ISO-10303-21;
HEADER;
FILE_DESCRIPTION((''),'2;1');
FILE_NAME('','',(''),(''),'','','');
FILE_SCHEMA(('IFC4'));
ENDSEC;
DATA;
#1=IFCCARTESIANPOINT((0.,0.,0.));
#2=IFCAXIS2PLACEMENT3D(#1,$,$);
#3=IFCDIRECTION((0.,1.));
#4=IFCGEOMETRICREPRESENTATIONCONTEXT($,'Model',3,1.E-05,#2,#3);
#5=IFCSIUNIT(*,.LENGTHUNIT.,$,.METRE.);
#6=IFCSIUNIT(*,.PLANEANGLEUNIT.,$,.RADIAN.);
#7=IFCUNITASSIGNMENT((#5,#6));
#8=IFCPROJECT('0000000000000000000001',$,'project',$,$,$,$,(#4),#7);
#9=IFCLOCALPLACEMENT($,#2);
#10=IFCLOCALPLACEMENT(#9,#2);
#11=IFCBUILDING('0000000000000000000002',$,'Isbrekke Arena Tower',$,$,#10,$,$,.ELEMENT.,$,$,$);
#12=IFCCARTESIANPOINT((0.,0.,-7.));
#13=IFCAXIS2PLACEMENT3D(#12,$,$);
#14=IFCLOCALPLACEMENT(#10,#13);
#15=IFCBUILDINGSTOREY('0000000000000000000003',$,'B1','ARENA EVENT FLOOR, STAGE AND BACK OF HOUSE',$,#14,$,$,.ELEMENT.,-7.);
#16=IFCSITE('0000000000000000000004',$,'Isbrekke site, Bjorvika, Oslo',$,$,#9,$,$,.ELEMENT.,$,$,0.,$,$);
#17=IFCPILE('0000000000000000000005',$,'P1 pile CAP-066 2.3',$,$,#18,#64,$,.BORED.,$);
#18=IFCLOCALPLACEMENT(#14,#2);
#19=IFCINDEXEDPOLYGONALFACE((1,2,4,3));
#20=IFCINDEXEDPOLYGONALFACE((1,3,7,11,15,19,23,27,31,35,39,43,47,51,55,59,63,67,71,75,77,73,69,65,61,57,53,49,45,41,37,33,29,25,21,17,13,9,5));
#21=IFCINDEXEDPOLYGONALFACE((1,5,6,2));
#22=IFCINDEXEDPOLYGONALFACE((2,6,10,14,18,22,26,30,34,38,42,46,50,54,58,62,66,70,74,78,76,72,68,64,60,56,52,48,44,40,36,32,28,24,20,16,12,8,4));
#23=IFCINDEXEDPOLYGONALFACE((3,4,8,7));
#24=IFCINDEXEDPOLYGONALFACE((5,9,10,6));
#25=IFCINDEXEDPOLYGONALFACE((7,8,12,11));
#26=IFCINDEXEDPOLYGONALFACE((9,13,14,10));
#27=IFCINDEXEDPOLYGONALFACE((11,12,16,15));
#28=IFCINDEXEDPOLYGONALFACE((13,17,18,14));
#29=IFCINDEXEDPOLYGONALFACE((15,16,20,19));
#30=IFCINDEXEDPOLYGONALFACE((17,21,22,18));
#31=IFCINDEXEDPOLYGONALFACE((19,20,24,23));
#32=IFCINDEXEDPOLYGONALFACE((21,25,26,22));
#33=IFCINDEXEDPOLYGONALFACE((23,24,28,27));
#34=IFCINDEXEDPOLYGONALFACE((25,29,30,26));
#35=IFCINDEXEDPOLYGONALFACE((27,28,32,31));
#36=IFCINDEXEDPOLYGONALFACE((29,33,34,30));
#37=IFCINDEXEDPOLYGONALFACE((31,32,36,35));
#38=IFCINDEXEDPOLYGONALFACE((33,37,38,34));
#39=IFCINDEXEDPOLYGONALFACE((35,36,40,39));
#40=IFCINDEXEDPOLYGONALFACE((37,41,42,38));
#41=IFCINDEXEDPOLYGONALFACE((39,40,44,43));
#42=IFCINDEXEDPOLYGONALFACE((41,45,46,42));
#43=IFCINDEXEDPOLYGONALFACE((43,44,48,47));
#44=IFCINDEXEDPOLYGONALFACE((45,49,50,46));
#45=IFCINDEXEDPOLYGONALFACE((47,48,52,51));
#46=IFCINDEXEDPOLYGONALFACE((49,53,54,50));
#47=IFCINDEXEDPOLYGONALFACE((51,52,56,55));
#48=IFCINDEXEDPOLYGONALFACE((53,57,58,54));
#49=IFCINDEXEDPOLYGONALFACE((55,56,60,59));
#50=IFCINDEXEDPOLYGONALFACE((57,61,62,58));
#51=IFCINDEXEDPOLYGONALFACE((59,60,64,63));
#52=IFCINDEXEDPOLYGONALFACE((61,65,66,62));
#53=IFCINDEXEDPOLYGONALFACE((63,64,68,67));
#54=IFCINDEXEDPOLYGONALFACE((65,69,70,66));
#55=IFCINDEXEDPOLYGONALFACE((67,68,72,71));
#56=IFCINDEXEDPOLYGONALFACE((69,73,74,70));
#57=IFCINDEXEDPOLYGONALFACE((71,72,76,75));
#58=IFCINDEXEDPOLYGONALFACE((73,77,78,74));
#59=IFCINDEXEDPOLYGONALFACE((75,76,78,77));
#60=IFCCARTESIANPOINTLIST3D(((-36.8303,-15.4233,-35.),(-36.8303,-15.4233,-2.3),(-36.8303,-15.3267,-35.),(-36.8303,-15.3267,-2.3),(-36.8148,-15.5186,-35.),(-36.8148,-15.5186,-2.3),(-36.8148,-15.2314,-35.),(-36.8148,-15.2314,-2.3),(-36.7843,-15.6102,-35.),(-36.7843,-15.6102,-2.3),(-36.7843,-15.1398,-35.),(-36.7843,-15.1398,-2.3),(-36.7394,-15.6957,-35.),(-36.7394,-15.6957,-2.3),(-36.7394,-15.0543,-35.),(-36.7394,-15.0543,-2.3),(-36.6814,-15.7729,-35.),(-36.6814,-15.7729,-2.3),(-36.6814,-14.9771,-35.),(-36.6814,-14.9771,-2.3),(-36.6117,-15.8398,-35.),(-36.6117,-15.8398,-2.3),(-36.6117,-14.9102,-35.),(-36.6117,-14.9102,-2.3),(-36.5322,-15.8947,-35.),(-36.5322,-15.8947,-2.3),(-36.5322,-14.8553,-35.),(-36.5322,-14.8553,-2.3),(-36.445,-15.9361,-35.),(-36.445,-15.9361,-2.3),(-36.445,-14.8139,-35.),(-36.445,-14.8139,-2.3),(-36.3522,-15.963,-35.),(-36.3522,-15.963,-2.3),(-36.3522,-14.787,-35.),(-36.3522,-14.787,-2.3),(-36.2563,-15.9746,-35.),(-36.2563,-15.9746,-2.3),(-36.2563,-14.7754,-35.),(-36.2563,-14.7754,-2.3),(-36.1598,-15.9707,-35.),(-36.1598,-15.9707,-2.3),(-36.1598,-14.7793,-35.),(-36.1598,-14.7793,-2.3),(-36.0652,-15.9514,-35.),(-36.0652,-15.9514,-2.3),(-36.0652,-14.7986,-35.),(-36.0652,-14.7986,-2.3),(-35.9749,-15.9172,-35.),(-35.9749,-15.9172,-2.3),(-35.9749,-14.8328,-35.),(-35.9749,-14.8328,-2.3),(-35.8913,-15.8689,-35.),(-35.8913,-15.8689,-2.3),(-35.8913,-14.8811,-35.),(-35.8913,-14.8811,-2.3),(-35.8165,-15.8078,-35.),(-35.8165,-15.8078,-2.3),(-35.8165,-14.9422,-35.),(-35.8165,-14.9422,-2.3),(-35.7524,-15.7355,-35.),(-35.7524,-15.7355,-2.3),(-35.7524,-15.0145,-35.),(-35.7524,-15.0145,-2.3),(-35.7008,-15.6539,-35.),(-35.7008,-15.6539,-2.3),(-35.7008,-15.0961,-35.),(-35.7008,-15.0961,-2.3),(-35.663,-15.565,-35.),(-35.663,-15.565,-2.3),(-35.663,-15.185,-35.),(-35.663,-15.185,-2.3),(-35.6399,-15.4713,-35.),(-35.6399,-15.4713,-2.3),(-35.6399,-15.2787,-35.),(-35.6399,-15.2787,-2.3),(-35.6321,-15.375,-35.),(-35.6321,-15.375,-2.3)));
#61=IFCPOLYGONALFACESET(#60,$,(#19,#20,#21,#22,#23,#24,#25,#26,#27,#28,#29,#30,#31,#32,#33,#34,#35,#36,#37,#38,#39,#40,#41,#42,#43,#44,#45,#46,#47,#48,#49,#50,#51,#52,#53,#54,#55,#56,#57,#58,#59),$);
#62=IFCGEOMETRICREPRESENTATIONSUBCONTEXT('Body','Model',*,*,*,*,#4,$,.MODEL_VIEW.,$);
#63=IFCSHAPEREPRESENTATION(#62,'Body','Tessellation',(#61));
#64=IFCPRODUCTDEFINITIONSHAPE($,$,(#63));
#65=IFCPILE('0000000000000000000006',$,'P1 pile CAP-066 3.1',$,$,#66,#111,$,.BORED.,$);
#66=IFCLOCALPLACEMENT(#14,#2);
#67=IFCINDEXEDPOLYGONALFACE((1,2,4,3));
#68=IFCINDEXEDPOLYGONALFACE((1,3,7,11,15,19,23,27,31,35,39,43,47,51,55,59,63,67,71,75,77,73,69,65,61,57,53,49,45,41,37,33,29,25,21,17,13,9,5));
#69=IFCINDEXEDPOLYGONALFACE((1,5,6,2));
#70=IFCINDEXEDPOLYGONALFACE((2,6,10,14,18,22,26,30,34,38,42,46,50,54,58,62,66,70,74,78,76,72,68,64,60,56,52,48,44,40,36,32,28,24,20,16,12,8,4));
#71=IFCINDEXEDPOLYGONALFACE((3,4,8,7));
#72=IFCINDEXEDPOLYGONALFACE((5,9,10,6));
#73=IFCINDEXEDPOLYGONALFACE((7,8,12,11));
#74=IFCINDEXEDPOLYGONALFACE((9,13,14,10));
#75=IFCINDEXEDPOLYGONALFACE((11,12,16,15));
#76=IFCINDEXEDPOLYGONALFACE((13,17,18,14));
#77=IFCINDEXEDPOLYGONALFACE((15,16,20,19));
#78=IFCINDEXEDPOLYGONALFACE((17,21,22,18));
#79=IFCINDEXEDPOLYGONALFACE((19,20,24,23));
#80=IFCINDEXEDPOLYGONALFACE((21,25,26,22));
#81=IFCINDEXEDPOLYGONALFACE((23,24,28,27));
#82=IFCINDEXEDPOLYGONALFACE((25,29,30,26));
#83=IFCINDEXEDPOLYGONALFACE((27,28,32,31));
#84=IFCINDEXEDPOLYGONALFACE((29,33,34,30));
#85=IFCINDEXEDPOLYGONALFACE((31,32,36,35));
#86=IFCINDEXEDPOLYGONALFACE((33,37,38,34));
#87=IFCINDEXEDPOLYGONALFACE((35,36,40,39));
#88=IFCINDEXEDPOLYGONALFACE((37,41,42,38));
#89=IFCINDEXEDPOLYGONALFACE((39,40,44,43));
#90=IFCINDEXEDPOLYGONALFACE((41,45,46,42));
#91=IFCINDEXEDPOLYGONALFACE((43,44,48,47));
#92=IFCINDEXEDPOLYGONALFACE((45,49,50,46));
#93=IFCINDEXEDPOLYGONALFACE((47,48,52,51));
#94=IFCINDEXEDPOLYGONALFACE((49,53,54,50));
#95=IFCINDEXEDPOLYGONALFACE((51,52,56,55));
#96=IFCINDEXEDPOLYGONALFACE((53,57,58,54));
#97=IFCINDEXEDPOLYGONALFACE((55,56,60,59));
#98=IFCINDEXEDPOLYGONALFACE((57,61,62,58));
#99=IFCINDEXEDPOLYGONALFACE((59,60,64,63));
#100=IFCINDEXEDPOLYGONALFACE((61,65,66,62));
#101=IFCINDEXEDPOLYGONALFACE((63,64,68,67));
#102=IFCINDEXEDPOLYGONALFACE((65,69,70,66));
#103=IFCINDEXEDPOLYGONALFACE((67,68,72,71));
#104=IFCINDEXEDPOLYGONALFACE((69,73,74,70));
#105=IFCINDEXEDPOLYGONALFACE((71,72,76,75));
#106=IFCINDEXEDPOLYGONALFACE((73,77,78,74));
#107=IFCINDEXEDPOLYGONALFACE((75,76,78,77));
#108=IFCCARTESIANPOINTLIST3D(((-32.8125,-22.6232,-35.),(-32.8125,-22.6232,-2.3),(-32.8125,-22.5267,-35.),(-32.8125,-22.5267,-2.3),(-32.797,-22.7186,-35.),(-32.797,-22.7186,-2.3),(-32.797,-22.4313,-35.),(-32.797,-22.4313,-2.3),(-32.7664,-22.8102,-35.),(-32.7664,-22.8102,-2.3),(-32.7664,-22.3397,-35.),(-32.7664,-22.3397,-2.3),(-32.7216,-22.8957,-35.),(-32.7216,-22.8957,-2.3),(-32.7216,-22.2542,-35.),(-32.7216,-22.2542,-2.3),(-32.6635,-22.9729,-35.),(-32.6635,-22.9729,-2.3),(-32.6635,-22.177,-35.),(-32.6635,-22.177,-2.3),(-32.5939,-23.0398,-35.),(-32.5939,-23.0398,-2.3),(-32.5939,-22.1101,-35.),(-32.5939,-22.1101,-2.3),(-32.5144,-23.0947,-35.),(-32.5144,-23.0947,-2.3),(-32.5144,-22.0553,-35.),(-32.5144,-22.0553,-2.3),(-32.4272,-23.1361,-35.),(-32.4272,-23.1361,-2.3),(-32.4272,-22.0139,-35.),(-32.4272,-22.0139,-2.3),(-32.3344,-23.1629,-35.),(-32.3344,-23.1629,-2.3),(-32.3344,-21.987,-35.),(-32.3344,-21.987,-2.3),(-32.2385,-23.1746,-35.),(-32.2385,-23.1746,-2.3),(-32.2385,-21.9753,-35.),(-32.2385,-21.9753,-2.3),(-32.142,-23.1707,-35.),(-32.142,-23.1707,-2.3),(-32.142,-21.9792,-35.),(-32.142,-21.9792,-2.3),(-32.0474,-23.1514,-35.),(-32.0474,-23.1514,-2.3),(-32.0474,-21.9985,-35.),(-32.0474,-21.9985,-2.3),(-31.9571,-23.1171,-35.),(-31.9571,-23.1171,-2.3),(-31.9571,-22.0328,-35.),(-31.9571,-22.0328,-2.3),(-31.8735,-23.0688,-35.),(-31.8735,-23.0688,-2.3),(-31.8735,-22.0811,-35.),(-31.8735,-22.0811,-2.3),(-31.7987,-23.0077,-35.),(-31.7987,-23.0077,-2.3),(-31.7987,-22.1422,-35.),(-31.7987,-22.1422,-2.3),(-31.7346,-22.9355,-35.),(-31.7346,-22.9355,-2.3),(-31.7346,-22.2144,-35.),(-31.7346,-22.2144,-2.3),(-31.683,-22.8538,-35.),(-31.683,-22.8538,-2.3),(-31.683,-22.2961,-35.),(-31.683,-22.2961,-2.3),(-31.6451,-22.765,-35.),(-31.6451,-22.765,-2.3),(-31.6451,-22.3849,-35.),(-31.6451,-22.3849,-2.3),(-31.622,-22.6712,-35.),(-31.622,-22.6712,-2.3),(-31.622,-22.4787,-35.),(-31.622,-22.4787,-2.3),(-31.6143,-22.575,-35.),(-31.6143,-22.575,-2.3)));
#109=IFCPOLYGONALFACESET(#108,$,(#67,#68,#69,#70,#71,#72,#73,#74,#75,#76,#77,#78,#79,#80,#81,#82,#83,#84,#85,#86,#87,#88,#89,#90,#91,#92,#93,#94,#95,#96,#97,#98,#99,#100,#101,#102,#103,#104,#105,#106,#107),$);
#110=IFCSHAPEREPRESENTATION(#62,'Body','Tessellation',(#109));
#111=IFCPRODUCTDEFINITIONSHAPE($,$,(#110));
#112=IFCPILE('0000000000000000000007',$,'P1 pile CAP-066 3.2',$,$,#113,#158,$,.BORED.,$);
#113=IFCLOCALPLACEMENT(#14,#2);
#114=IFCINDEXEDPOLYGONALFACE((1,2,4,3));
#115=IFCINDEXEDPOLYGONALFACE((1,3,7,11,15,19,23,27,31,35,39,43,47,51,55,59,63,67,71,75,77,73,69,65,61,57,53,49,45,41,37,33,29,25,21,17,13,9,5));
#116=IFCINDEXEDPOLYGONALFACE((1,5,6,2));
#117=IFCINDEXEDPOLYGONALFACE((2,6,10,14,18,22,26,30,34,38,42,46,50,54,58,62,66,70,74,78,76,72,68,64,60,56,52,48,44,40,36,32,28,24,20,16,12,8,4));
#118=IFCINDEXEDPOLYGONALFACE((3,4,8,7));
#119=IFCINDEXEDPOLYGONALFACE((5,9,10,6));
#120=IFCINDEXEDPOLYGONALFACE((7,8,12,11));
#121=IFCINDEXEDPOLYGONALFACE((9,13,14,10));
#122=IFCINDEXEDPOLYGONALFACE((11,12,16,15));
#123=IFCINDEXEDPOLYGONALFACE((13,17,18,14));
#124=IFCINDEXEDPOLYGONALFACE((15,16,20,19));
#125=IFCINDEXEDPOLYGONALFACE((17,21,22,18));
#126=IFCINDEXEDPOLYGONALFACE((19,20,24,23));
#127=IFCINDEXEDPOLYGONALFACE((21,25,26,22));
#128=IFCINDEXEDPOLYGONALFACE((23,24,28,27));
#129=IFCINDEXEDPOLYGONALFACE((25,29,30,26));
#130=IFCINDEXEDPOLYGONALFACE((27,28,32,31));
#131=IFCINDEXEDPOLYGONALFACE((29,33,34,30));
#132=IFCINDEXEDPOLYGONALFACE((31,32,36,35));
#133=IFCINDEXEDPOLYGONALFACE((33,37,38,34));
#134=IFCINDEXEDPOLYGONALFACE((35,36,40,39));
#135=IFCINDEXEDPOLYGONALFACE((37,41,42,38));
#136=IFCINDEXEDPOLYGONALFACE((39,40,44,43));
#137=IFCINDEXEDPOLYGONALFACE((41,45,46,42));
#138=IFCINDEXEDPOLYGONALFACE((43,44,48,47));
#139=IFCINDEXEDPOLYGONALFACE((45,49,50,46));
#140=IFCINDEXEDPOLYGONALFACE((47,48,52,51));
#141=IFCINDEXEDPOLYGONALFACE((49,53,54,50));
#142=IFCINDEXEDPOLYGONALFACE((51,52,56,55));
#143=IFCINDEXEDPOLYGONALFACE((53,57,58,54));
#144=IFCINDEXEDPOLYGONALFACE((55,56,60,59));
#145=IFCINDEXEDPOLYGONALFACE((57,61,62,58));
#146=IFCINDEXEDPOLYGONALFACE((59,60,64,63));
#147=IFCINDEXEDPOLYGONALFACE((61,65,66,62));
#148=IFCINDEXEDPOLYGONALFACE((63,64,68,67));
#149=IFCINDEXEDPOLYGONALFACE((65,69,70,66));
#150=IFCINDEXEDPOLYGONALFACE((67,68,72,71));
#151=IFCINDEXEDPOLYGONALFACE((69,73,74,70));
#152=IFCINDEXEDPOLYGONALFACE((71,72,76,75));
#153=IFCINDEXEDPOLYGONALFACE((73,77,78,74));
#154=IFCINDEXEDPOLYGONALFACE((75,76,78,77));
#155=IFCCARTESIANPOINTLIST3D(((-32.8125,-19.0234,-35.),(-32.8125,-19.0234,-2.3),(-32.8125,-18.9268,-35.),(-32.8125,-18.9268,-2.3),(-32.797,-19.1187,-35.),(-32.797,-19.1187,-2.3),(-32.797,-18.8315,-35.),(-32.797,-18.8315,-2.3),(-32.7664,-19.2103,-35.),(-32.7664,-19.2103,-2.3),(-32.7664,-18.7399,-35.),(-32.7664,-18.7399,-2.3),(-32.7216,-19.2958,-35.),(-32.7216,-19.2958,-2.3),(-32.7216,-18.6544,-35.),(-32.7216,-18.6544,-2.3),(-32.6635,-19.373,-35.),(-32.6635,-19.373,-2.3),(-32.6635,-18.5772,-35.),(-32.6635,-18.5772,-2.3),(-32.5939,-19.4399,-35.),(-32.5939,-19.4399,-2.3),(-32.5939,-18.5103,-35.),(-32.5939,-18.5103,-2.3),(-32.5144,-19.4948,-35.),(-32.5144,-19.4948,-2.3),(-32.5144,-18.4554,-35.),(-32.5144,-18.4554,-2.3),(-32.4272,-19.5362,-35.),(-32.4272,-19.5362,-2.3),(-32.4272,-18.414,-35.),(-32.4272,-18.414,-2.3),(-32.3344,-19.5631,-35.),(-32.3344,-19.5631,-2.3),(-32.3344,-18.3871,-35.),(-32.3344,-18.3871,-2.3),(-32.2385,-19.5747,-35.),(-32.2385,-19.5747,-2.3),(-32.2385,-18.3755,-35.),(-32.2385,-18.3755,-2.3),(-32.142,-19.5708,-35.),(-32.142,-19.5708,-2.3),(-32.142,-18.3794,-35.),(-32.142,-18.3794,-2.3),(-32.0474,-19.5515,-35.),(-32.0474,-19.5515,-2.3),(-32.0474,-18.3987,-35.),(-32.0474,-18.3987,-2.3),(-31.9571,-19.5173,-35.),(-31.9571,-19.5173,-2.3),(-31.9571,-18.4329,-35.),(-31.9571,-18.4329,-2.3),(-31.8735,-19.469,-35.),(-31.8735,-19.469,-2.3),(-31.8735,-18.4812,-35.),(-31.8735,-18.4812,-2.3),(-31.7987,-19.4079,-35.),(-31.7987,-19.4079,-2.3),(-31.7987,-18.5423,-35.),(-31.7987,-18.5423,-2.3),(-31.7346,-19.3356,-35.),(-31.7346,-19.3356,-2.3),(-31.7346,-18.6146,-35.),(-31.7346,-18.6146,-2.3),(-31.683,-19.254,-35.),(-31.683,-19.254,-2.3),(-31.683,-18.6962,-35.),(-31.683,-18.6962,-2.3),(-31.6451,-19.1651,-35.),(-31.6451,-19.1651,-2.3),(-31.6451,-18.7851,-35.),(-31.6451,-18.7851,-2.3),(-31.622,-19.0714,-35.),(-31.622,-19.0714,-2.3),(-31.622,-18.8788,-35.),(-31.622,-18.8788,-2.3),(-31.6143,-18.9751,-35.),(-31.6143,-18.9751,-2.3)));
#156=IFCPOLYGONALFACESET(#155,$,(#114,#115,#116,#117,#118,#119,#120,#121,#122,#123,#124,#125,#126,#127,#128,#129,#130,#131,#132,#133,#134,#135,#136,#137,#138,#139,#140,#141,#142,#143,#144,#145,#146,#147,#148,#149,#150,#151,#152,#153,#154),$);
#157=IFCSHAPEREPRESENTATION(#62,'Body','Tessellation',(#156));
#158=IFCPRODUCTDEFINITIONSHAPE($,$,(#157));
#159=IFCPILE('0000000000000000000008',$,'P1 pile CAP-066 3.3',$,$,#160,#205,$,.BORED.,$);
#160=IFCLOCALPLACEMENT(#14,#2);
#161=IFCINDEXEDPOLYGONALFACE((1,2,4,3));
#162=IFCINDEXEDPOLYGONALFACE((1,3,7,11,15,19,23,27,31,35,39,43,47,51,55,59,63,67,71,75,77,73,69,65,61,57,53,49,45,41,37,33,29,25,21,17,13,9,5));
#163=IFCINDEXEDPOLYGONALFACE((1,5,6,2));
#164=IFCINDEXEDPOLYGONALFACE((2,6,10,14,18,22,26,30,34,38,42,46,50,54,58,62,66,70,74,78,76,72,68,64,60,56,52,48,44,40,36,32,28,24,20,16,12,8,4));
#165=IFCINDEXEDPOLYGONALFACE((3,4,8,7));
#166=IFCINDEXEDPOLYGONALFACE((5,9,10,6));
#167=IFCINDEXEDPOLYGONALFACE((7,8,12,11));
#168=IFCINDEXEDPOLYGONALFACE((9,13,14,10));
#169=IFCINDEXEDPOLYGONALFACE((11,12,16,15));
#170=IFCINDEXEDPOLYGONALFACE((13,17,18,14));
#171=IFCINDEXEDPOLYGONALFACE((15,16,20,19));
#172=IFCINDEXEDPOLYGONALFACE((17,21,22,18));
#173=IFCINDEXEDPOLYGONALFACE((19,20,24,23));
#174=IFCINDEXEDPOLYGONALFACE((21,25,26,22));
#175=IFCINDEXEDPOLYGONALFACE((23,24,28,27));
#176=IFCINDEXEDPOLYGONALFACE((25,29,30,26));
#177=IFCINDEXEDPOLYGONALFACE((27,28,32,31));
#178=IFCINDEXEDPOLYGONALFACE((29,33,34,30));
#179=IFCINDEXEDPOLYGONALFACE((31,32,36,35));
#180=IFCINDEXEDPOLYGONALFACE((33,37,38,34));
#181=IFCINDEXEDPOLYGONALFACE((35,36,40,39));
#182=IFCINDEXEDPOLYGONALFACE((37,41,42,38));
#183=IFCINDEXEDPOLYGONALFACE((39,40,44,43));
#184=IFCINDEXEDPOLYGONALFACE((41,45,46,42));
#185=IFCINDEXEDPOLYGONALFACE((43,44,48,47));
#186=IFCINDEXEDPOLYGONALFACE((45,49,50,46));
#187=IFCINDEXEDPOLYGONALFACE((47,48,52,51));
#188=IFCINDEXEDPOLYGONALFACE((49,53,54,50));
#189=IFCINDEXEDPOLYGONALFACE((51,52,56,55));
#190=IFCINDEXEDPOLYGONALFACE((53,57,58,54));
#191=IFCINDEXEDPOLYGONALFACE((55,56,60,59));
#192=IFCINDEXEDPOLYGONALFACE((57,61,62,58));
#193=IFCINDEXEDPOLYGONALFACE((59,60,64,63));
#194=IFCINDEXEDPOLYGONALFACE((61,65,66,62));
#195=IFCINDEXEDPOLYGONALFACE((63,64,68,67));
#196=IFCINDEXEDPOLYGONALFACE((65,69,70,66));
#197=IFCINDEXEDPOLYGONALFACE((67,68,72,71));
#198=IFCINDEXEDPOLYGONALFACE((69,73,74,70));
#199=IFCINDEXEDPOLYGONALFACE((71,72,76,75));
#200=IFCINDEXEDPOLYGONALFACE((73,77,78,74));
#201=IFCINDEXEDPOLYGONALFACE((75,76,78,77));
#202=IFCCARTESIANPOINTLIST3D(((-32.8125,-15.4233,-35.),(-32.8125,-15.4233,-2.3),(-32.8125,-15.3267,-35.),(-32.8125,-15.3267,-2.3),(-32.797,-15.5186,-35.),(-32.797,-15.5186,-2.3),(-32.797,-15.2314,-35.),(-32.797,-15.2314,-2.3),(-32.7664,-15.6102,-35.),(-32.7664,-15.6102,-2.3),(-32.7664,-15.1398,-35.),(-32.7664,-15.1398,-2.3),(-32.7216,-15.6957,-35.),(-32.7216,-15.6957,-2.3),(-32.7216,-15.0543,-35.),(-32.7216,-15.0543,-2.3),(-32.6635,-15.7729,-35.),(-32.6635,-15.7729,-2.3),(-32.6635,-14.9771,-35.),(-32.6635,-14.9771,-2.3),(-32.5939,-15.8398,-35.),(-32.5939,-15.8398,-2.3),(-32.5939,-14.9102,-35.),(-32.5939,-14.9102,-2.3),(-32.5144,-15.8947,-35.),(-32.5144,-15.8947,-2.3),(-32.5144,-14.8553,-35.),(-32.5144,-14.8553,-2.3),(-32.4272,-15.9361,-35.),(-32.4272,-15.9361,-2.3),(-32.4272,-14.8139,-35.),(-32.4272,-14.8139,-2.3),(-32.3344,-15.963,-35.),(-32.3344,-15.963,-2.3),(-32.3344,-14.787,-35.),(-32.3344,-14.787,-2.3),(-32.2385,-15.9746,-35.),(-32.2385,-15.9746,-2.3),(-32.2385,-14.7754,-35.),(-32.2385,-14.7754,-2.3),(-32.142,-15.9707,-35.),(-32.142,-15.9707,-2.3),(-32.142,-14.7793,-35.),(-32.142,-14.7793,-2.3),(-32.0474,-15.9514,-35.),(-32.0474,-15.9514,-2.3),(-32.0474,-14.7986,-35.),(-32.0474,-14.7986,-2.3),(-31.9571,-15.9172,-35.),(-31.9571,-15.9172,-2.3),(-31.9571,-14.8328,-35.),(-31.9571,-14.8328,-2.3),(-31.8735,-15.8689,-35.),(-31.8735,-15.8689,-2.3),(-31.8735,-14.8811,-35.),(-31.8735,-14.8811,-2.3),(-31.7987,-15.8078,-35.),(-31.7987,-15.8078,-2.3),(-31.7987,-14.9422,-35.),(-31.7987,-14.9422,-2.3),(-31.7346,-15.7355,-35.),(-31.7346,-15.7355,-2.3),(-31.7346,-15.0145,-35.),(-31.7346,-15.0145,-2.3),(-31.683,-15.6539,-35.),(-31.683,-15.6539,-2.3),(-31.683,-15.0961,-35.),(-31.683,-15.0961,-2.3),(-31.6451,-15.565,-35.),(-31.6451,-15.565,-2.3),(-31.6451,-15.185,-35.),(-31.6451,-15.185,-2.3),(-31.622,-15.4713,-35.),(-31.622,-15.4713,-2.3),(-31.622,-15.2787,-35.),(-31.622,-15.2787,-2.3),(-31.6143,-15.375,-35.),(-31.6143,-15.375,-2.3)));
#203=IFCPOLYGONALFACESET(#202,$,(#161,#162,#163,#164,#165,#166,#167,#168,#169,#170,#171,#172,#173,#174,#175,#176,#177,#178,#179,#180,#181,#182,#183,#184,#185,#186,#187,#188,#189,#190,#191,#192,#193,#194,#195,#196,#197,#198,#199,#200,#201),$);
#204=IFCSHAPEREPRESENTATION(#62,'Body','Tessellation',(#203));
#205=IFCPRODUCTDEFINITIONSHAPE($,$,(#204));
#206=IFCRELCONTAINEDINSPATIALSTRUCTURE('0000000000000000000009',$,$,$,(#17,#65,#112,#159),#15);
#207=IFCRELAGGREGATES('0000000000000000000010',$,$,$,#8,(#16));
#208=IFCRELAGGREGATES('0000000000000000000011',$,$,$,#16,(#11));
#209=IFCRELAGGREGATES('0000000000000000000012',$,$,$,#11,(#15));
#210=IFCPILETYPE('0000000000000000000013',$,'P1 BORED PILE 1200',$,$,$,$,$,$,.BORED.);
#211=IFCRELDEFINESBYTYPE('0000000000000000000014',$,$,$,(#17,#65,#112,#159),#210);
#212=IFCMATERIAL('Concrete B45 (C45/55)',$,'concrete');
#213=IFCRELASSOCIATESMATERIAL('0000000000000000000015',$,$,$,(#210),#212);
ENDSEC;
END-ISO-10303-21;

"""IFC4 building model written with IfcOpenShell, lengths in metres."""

from ifc_helpers import new_model, si_unit, direction, frame, origin, origin_2d, place, context, subcontext, project, spatial, circle, extrude, material, material_profile, profile_set, type_object, element, save


model = new_model("IFC4")

# Units and contexts
model_context = context("Model", 3, precision=1e-05, world=origin(), true_north=direction((0.0, 1.0)))
body_context = subcontext(model_context, "Body", "Model", "MODEL_VIEW")
ifc_project = project(units=[si_unit("LENGTHUNIT", "METRE"), si_unit("PLANEANGLEUNIT", "RADIAN")], contexts=[model_context])

# Site, building, storey
site_placement = place(None, origin())
site = spatial("IfcSite", under=ifc_project, at=site_placement, Name="Isbrekke site, Bjorvika, Oslo", CompositionType="ELEMENT", RefElevation=0.0)
building_placement = place(site_placement, origin())
building = spatial("IfcBuilding", under=site, at=building_placement, Name="Isbrekke Arena Tower", CompositionType="ELEMENT")
storey_placement = place(building_placement, frame((0.0, 0.0, -7.0)))
storey = spatial("IfcBuildingStorey", under=building, at=storey_placement, Name="B1", Description="ARENA EVENT FLOOR, STAGE AND BACK OF HOUSE", CompositionType="ELEMENT", Elevation=-7.0)

# Piles
ifc_material_1 = material(Name="Concrete B45 (C45/55)", Category="concrete")
ifc_material_profile_1 = material_profile(ifc_material_1, circle(Radius=0.6001, at=origin_2d()), Name="BORED PILE D1200")
ifc_profile_set_1 = profile_set([ifc_material_profile_1], Name="Concrete B45 (C45/55)")
pile_type = type_object("IfcPileType", Name="P1 BORED PILE 1200", PredefinedType="BORED", material=ifc_profile_set_1)
for number, where, z_axis, x_axis, name in (
    (1, (-36.2322, -15.375, -2.3), (0.0, 0.0, -1.0), (1.0, 0.0, 0.0), "P1 pile CAP-066 2.3"),
    (2, (-32.2144, -22.575, -2.3), (0.0, 0.0, -1.0), (1.0, 0.0, 0.0), "P1 pile CAP-066 3.1"),
    (3, (-32.2144, -18.9751, -2.3), (0.0, 0.0, -1.0), (1.0, 0.0, 0.0), "P1 pile CAP-066 3.2"),
    (4, (-32.2144, -15.375, -2.3), (0.0, 0.0, -1.0), (1.0, 0.0, 0.0), "P1 pile CAP-066 3.3"),
):
    element("IfcPile", number, at=place(storey_placement, frame(where, z_axis=z_axis, x_axis=x_axis)), inside=storey, type_object=pile_type, Name=name, PredefinedType="BORED", context=body_context, shape_type="SweptSolid", body=[
        extrude(circle(Radius=0.6001, at=origin_2d()), origin(), (0.0, 0.0, 1.0), 32.7),
    ])

save(model, "model.ifc")
